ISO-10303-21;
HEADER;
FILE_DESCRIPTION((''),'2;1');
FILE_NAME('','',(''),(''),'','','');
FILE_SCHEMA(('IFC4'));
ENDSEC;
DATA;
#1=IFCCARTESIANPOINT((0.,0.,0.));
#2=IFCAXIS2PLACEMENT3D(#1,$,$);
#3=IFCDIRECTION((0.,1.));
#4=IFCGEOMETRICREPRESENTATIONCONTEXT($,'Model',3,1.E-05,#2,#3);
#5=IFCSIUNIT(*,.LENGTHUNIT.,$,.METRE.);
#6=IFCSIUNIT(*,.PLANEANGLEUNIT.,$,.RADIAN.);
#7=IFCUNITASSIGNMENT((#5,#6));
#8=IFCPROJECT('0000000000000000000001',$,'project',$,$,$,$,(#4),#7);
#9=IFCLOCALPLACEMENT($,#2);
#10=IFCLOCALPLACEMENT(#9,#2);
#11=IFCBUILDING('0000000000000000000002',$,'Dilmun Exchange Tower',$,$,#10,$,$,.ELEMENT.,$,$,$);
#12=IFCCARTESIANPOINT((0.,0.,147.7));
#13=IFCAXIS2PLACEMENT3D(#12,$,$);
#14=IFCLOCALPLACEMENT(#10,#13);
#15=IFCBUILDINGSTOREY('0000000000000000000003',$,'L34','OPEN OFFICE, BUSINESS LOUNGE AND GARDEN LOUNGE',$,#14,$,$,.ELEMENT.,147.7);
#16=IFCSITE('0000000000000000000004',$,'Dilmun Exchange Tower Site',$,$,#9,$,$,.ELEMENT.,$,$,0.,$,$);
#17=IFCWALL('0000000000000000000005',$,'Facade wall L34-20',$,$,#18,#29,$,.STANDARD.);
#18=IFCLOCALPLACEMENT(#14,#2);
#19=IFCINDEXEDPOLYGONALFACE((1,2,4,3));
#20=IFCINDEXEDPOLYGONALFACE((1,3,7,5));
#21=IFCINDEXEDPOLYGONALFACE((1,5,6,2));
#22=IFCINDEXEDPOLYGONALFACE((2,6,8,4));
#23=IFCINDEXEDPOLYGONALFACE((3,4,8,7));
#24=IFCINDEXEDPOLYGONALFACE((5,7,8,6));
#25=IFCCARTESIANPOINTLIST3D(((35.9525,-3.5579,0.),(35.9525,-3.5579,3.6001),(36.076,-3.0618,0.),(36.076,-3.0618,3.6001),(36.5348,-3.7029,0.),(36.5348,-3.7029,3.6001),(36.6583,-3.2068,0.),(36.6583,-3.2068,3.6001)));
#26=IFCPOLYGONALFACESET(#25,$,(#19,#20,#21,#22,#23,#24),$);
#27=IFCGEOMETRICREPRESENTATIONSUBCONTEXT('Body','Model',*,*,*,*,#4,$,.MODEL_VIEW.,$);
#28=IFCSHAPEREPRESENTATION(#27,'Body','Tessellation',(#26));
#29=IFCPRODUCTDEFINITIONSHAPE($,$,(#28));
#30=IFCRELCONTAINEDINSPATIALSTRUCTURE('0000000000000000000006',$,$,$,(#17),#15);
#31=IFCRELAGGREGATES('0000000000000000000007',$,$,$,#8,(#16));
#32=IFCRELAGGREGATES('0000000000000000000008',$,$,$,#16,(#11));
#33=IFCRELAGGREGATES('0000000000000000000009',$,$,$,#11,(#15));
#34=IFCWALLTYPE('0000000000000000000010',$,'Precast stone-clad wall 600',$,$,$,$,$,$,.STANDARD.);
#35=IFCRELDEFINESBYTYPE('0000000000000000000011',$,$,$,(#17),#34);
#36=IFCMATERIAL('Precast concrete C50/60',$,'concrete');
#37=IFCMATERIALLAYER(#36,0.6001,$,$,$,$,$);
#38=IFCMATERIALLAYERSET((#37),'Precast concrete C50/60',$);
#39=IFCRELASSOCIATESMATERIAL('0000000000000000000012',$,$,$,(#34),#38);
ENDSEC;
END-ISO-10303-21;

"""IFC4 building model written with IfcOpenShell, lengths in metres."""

from ifc_helpers import new_model, si_unit, direction, frame, frame_2d, origin, place, context, subcontext, project, spatial, rectangle, extrude, material, layer, layer_set, type_object, element, save


model = new_model("IFC4")

# Units and contexts
model_context = context("Model", 3, precision=1e-05, world=origin(), true_north=direction((0.0, 1.0)))
body_context = subcontext(model_context, "Body", "Model", "MODEL_VIEW")
ifc_project = project(units=[si_unit("LENGTHUNIT", "METRE"), si_unit("PLANEANGLEUNIT", "RADIAN")], contexts=[model_context])

# Site, building, storey
site_placement = place(None, origin())
site = spatial("IfcSite", under=ifc_project, at=site_placement, Name="Dilmun Exchange Tower Site", CompositionType="ELEMENT", RefElevation=0.0)
building_placement = place(site_placement, origin())
building = spatial("IfcBuilding", under=site, at=building_placement, Name="Dilmun Exchange Tower", CompositionType="ELEMENT")
storey_placement = place(building_placement, frame((0.0, 0.0, 147.7)))
storey = spatial("IfcBuildingStorey", under=building, at=storey_placement, Name="L34", Description="OPEN OFFICE, BUSINESS LOUNGE AND GARDEN LOUNGE", CompositionType="ELEMENT", Elevation=147.7)

# Wall
ifc_material_1 = material(Name="Precast concrete C50/60", Category="concrete")
ifc_layer_1 = layer(ifc_material_1, 0.6001)
ifc_layer_set_1 = layer_set([ifc_layer_1], Name="Precast concrete C50/60")
wall_type_1 = type_object("IfcWallType", Name="Precast stone-clad wall 600", PredefinedType="STANDARD", material=ifc_layer_set_1)
wall_1_placement = place(storey_placement, frame((36.2437, -3.6304, 0.0), z_axis=(0.0, 0.0, 1.0), x_axis=(0.241637, 0.970367, 0.0)))
element("IfcWall", 1, at=wall_1_placement, inside=storey, type_object=wall_type_1, Name="Facade wall L34-20", PredefinedType="STANDARD", context=body_context, shape_type="SweptSolid", body=[
    extrude(rectangle(XDim=0.5112, YDim=0.6001, at=frame_2d((0.2556, 0.0))), origin(), (0.0, 0.0, 1.0), 3.6001),
])

save(model, "model.ifc")
